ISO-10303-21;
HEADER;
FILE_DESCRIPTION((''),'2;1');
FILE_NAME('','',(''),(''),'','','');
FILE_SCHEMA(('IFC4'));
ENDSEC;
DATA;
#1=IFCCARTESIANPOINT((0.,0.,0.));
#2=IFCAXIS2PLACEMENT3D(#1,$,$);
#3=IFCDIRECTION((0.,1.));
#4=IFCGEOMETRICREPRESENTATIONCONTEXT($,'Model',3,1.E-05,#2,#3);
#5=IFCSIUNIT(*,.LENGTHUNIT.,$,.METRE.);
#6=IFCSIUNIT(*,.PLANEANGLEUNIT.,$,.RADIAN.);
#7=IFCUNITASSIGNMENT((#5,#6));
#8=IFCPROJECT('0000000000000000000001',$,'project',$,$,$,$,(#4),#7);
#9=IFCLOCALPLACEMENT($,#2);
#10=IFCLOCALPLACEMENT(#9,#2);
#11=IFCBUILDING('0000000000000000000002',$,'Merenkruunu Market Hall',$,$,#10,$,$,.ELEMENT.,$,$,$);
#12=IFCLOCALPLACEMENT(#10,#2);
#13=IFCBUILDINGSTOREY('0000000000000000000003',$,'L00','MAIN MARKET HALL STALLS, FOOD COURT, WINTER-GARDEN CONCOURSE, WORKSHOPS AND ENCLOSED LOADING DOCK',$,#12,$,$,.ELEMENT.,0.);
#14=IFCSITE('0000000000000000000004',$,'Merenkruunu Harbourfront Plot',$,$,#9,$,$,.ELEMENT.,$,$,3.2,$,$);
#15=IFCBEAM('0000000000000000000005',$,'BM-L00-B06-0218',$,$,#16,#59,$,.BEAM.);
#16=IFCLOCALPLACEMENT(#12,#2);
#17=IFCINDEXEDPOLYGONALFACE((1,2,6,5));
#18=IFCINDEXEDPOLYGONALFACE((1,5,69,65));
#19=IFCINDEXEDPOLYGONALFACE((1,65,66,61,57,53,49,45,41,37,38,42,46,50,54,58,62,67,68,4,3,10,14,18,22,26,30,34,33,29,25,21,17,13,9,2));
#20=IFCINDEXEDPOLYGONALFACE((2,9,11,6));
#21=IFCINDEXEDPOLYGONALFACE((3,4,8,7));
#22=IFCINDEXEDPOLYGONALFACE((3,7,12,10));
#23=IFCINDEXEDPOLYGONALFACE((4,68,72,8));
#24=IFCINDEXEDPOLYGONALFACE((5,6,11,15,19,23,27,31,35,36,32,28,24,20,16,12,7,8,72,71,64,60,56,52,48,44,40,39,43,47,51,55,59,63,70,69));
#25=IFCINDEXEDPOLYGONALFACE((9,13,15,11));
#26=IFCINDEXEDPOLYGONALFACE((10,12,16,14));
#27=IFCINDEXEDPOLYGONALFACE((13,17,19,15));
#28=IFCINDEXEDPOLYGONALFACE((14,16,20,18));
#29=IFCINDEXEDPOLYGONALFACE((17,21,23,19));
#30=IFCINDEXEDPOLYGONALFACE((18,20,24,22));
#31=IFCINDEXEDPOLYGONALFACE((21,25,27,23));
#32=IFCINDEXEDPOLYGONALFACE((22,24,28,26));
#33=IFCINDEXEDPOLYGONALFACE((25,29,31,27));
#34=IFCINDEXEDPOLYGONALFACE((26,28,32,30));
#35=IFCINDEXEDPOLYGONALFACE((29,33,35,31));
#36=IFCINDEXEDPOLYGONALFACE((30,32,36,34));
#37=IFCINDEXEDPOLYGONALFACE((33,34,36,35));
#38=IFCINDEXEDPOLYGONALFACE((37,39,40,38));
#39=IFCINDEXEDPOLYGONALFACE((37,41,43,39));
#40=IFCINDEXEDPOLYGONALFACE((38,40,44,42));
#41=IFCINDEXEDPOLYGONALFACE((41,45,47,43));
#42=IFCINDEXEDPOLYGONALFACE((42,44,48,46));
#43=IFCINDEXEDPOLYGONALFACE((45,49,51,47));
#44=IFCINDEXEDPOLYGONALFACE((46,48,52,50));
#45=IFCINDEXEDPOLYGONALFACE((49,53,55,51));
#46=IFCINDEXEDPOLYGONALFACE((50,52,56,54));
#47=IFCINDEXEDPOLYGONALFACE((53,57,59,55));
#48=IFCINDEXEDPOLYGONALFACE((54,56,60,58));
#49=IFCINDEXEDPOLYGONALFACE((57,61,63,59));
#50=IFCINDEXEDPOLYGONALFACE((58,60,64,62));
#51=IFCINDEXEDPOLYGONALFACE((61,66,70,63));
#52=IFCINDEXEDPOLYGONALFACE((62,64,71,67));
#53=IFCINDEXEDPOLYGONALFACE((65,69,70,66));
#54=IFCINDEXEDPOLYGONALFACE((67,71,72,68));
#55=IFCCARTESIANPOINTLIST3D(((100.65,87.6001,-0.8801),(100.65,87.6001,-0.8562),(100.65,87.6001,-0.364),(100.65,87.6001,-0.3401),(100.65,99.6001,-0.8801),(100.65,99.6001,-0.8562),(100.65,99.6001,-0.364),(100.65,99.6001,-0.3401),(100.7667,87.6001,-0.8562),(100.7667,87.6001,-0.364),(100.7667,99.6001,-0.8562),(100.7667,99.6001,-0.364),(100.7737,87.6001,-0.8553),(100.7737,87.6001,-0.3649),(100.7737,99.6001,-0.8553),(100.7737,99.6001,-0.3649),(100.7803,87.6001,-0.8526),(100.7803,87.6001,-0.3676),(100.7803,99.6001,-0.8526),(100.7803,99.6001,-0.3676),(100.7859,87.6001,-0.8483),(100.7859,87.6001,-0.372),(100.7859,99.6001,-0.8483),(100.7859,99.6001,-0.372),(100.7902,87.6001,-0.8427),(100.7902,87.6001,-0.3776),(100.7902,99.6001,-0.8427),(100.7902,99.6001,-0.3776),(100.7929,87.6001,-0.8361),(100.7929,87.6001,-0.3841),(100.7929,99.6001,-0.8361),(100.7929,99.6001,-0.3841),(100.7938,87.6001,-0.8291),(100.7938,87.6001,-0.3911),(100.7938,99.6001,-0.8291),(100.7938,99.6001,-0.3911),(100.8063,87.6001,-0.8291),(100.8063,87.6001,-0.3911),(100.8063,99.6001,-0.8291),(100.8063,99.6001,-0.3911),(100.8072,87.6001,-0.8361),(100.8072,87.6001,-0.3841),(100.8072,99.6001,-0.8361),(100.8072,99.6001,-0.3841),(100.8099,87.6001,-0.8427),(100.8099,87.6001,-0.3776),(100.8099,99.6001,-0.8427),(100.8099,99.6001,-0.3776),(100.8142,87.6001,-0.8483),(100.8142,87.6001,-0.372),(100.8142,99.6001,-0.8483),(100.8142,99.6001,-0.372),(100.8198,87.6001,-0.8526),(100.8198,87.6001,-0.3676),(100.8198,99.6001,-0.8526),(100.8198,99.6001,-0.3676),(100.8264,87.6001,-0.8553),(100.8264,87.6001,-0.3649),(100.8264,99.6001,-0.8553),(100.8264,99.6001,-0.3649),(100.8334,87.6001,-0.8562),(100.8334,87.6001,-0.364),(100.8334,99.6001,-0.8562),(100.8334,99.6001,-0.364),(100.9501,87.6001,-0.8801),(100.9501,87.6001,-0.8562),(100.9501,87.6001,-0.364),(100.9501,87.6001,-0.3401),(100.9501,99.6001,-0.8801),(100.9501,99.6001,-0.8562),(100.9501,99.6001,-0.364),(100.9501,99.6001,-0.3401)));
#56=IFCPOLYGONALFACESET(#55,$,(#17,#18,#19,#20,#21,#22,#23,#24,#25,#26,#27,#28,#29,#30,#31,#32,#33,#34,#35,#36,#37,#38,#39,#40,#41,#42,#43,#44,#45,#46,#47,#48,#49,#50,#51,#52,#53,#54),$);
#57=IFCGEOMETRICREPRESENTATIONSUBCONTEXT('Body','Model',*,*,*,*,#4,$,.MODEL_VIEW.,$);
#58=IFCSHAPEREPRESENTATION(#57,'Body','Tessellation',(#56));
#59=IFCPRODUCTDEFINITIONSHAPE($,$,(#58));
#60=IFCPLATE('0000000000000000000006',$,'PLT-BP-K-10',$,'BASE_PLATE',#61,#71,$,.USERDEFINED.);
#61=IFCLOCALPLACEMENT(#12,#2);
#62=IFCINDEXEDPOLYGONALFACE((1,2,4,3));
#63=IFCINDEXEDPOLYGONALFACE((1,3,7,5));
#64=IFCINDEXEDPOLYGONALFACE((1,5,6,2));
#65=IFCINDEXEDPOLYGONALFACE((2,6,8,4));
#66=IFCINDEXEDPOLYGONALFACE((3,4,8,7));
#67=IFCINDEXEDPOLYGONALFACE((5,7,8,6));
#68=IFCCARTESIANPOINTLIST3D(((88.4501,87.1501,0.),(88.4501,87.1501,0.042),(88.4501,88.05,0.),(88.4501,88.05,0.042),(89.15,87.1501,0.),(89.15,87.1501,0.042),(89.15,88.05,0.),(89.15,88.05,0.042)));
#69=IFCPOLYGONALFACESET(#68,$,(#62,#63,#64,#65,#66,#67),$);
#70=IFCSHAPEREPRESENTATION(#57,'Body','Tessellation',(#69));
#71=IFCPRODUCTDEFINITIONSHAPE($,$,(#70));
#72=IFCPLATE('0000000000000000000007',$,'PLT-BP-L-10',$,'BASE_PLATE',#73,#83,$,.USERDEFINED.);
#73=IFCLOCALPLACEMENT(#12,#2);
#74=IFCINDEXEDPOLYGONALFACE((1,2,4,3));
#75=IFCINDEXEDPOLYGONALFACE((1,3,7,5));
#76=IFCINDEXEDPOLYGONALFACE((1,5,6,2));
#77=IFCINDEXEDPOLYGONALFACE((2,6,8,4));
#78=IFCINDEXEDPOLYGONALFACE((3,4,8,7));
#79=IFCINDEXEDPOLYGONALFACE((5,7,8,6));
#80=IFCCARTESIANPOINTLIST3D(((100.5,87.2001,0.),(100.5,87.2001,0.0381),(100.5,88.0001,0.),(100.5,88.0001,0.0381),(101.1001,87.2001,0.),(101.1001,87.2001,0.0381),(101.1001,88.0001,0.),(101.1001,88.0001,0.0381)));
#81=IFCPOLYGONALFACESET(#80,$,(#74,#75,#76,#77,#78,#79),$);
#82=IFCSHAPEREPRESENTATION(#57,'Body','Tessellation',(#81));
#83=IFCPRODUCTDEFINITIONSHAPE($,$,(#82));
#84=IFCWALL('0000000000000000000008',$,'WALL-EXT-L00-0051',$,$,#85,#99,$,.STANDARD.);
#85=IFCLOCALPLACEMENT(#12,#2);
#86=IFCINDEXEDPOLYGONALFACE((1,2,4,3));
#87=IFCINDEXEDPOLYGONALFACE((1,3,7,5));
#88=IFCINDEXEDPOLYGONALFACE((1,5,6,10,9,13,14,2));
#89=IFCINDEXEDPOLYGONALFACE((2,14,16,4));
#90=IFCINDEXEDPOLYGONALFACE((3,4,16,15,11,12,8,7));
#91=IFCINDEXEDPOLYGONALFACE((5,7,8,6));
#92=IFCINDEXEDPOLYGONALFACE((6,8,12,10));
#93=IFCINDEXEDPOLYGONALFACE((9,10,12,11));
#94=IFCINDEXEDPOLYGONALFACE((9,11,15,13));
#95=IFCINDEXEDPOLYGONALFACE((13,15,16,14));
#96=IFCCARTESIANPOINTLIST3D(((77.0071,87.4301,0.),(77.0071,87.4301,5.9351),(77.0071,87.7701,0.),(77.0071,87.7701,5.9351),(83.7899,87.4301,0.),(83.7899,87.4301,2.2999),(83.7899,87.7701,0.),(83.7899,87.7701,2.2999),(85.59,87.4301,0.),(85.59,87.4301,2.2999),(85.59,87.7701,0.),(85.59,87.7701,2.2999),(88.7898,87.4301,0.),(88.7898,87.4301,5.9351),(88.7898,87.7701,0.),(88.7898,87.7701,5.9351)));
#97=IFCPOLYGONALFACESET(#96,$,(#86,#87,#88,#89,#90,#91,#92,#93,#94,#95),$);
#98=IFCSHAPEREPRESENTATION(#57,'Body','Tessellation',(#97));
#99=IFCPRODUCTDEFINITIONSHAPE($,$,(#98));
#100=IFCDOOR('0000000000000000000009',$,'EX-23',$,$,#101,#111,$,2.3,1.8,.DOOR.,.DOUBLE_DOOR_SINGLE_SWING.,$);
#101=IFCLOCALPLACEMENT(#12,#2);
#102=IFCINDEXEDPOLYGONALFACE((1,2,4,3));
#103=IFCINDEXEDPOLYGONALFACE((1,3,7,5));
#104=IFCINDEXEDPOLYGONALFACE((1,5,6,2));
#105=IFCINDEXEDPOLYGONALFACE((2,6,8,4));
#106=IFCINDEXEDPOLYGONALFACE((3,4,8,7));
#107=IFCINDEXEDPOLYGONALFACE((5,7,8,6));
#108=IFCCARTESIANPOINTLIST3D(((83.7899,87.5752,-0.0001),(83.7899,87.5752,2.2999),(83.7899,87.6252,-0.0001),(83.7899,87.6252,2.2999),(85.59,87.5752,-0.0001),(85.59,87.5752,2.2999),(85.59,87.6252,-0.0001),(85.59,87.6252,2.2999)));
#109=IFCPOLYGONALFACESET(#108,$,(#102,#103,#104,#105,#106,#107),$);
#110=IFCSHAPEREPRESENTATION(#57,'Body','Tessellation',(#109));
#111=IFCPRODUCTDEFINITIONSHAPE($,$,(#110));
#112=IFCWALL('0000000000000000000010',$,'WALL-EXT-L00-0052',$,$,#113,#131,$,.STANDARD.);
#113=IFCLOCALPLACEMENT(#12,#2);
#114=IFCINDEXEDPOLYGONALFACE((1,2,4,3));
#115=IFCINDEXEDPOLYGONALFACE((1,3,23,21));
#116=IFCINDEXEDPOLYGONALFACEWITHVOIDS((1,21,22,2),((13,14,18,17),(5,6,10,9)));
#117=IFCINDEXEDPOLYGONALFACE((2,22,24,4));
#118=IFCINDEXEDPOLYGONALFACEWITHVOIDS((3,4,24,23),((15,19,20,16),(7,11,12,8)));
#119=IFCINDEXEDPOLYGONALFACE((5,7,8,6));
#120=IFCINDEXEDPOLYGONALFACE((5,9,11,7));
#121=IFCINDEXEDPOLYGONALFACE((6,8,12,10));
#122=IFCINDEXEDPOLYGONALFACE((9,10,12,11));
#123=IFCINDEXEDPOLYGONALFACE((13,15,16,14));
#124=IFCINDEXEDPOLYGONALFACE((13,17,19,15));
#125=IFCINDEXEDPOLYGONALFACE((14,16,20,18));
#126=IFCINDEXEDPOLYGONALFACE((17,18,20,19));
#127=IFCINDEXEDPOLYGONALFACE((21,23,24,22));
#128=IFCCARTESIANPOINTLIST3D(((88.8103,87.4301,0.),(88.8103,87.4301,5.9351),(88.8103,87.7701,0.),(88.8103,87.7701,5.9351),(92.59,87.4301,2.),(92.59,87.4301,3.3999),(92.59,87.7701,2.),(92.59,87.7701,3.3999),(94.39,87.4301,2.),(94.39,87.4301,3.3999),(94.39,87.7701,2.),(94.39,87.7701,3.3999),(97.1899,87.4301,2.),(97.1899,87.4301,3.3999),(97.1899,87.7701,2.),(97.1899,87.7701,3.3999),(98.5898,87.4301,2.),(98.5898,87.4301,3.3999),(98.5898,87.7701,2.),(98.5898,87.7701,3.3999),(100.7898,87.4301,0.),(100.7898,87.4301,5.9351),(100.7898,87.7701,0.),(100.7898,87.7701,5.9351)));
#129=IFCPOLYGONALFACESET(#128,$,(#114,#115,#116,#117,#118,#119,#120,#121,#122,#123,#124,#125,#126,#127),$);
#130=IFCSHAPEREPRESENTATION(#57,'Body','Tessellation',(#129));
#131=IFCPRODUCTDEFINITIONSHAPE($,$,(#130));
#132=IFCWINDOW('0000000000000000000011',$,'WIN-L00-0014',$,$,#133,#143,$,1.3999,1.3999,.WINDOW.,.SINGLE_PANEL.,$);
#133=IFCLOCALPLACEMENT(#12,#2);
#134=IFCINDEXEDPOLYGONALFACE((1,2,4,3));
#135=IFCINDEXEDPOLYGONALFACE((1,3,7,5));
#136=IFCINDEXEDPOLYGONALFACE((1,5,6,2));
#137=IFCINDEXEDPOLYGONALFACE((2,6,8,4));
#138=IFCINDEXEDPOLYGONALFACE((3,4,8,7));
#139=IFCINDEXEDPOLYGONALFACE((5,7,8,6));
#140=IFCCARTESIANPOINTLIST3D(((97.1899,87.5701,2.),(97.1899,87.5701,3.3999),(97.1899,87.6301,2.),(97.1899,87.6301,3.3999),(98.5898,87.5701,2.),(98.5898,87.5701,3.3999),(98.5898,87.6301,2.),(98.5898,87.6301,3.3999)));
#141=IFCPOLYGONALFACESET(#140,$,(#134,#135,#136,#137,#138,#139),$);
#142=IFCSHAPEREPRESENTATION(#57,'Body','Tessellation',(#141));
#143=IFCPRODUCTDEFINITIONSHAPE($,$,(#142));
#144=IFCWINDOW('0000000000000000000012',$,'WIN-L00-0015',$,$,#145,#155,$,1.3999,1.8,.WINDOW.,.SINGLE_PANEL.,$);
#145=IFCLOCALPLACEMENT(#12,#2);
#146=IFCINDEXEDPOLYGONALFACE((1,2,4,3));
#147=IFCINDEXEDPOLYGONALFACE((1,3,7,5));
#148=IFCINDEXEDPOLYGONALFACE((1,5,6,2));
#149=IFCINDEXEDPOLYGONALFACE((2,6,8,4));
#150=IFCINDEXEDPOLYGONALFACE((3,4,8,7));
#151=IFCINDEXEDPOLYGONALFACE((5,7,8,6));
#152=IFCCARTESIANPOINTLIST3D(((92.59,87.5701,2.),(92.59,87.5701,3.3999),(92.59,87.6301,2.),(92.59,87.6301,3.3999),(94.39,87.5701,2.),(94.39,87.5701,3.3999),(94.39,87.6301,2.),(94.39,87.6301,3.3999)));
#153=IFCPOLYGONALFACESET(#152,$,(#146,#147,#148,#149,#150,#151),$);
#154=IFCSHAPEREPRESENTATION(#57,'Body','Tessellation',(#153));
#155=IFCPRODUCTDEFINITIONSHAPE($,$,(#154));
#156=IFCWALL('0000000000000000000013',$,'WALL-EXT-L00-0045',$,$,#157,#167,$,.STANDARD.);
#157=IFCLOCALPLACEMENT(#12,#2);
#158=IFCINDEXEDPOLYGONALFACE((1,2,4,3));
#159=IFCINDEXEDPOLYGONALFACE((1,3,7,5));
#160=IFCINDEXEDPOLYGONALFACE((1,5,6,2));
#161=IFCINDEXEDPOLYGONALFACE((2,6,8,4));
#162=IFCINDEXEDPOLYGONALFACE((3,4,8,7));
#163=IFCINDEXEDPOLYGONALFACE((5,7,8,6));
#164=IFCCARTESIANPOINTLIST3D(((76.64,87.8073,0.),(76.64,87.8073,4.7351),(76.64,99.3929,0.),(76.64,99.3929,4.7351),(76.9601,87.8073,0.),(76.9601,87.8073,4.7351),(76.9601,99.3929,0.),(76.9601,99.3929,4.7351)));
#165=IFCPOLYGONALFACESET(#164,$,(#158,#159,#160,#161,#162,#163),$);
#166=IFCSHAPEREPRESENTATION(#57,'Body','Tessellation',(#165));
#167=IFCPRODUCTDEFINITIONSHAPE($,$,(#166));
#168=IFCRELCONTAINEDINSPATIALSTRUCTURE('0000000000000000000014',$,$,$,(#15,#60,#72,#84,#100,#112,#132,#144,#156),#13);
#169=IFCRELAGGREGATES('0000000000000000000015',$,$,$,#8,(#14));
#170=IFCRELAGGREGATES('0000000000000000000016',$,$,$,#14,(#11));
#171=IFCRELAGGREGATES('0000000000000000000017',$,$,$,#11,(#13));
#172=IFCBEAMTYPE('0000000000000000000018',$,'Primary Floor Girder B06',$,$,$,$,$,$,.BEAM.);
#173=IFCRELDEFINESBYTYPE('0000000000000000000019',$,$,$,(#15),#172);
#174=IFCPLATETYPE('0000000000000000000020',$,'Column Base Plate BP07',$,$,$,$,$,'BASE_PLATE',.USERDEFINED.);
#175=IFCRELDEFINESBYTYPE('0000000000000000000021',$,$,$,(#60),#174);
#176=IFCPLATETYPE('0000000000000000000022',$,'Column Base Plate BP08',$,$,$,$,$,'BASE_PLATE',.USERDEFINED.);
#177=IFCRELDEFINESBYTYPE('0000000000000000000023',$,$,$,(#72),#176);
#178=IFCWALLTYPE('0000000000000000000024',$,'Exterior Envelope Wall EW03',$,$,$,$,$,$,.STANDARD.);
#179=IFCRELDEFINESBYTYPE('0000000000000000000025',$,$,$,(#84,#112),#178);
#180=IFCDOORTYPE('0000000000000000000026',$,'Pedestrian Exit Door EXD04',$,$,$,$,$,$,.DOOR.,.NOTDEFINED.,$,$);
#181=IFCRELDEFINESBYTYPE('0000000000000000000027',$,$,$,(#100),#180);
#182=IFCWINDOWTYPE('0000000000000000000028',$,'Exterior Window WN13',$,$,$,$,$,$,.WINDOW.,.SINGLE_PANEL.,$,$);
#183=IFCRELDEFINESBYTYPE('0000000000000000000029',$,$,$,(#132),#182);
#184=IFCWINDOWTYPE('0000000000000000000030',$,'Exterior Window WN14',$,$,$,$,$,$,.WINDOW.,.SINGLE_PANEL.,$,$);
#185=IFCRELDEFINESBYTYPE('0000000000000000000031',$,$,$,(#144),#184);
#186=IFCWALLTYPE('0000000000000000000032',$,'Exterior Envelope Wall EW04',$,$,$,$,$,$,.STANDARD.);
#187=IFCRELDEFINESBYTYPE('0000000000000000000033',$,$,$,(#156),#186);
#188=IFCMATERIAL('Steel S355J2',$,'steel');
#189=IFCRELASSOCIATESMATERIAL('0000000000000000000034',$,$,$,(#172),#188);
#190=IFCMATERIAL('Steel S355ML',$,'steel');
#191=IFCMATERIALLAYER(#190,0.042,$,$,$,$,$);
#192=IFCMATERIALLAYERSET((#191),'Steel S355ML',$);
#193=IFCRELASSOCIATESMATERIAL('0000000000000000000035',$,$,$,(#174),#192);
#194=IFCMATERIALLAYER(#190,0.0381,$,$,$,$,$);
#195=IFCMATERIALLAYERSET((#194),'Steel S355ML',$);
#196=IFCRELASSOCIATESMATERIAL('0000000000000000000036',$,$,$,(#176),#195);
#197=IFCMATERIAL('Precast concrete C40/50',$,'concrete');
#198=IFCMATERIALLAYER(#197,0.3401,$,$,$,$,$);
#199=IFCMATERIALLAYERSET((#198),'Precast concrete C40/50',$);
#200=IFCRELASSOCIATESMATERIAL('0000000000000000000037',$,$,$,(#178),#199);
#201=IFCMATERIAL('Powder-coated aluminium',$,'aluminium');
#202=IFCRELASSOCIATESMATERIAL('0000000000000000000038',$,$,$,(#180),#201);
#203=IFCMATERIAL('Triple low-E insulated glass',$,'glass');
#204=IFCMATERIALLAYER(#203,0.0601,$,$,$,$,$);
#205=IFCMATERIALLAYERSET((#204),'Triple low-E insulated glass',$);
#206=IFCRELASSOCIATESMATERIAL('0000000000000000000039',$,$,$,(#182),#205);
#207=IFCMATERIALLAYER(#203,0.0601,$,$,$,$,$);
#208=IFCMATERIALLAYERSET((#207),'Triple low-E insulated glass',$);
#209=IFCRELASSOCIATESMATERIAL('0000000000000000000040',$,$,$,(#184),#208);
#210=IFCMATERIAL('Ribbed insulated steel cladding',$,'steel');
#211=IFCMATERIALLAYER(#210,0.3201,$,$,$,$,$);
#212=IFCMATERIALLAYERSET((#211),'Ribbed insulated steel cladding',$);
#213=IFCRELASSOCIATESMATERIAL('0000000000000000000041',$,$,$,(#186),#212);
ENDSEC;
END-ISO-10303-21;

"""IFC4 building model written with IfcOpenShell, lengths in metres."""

from ifc_helpers import new_model, si_unit, direction, frame, frame_2d, origin, origin_2d, place, context, subcontext, project, spatial, rectangle, i_section, extrude, material, layer, layer_set, material_profile, profile_set, type_object, element, fill, save


model = new_model("IFC4")

# Units and contexts
model_context = context("Model", 3, precision=1e-05, world=origin(), true_north=direction((0.0, 1.0)))
body_context = subcontext(model_context, "Body", "Model", "MODEL_VIEW")
ifc_project = project(units=[si_unit("LENGTHUNIT", "METRE"), si_unit("PLANEANGLEUNIT", "RADIAN")], contexts=[model_context])

# Site, building, storey
site_placement = place(None, origin())
site = spatial("IfcSite", under=ifc_project, at=site_placement, Name="Merenkruunu Harbourfront Plot", CompositionType="ELEMENT", RefElevation=3.2)
building_placement = place(site_placement, origin())
building = spatial("IfcBuilding", under=site, at=building_placement, Name="Merenkruunu Market Hall", CompositionType="ELEMENT")
storey_placement = place(building_placement, origin())
storey = spatial("IfcBuildingStorey", under=building, at=storey_placement, Name="L00", Description="MAIN MARKET HALL STALLS, FOOD COURT, WINTER-GARDEN CONCOURSE, WORKSHOPS AND ENCLOSED LOADING DOCK", CompositionType="ELEMENT", Elevation=0.0)

# Shared definitions
ifc_material_1 = material(Name="Steel S355J2", Category="steel")

# Beam
ifc_material_profile_1 = material_profile(ifc_material_1, i_section(OverallWidth=0.3, OverallDepth=0.54, WebThickness=0.0125, FlangeThickness=0.0239, FilletRadius=0.0271, at=origin_2d()), Name="HEA 550")
ifc_profile_set_1 = profile_set([ifc_material_profile_1], Name="Steel S355J2")
beam_type = type_object("IfcBeamType", Name="Primary Floor Girder B06", PredefinedType="BEAM", material=ifc_profile_set_1)
for number, where, z_axis, x_axis, name in (
    (1, (100.8, 87.6001, -0.6101), (0.0, 1.0, 0.0), (-1.0, 0.0, 0.0), "BM-L00-B06-0218"),
):
    element("IfcBeam", number, at=place(storey_placement, frame(where, z_axis=z_axis, x_axis=x_axis)), inside=storey, type_object=beam_type, Name=name, PredefinedType="BEAM", context=body_context, shape_type="SweptSolid", body=[
        extrude(i_section(OverallWidth=0.3, OverallDepth=0.54, WebThickness=0.0125, FlangeThickness=0.0239, FilletRadius=0.0271, at=origin_2d()), origin(), (0.0, 0.0, 1.0), 12.0),
    ])

# Plates
ifc_material_2 = material(Name="Steel S355ML", Category="steel")
ifc_layer_1 = layer(ifc_material_2, 0.042)
ifc_layer_set_1 = layer_set([ifc_layer_1], Name="Steel S355ML")
plate_type_1 = type_object("IfcPlateType", Name="Column Base Plate BP07", ElementType="BASE_PLATE", PredefinedType="USERDEFINED", material=ifc_layer_set_1)
plate_1_placement = place(storey_placement, frame((88.8, 87.6001, 0.0), z_axis=(0.0, 0.0, 1.0), x_axis=(1.0, 0.0, 0.0)))
element("IfcPlate", 2, at=plate_1_placement, inside=storey, type_object=plate_type_1, Name="PLT-BP-K-10", ObjectType="BASE_PLATE", PredefinedType="USERDEFINED", context=body_context, shape_type="SweptSolid", body=[
    extrude(rectangle(XDim=0.7, YDim=0.8999, at=origin_2d()), origin(), (0.0, 0.0, 1.0), 0.042),
])
ifc_layer_2 = layer(ifc_material_2, 0.0381)
ifc_layer_set_2 = layer_set([ifc_layer_2], Name="Steel S355ML")
plate_type_2 = type_object("IfcPlateType", Name="Column Base Plate BP08", ElementType="BASE_PLATE", PredefinedType="USERDEFINED", material=ifc_layer_set_2)
plate_2_placement = place(storey_placement, frame((100.8, 87.6001, 0.0), z_axis=(0.0, 0.0, 1.0), x_axis=(1.0, 0.0, 0.0)))
element("IfcPlate", 3, at=plate_2_placement, inside=storey, type_object=plate_type_2, Name="PLT-BP-L-10", ObjectType="BASE_PLATE", PredefinedType="USERDEFINED", context=body_context, shape_type="SweptSolid", body=[
    extrude(rectangle(XDim=0.6001, YDim=0.8, at=origin_2d()), origin(), (0.0, 0.0, 1.0), 0.0381),
])

# Wall, opening, door
ifc_material_3 = material(Name="Precast concrete C40/50", Category="concrete")
ifc_layer_3 = layer(ifc_material_3, 0.3401)
ifc_layer_set_3 = layer_set([ifc_layer_3], Name="Precast concrete C40/50")
wall_type_1 = type_object("IfcWallType", Name="Exterior Envelope Wall EW03", PredefinedType="STANDARD", material=ifc_layer_set_3)
wall_1_placement = place(storey_placement, frame((88.7898, 87.6001, 0.0), z_axis=(0.0, 0.0, 1.0), x_axis=(-1.0, 0.0, 0.0)))
wall_1 = element("IfcWall", 4, at=wall_1_placement, inside=storey, type_object=wall_type_1, Name="WALL-EXT-L00-0051", PredefinedType="STANDARD", context=body_context, shape_type="SweptSolid", body=[
    extrude(rectangle(XDim=11.7827, YDim=0.3401, at=frame_2d((5.8914, 0.0))), origin(), (0.0, 0.0, 1.0), 5.9351),
])
opening_1_placement = place(wall_1_placement, frame((3.2, 0.0, 0.0)))
opening_1 = element("IfcOpeningElement", 5, at=opening_1_placement, cuts=wall_1, PredefinedType="OPENING", context=body_context, shape_type="SweptSolid", body=[
    extrude(rectangle(XDim=1.8, YDim=2.3, at=frame_2d((0.8999, 1.1499))), frame((0.0, 0.1802, 0.0), z_axis=(0.0, -1.0, 0.0), x_axis=(1.0, 0.0, 0.0)), (0.0, 0.0, 1.0), 0.3601),
])
ifc_material_4 = material(Name="Powder-coated aluminium", Category="aluminium")
door_type_1 = type_object("IfcDoorType", Name="Pedestrian Exit Door EXD04", OperationType="NOTDEFINED", PredefinedType="DOOR", material=ifc_material_4)
door_1_placement = place(opening_1_placement, origin())
door_1 = element("IfcDoor", 6, at=door_1_placement, inside=storey, type_object=door_type_1, Name="EX-23", OperationType="DOUBLE_DOOR_SINGLE_SWING", OverallHeight=2.3, OverallWidth=1.8, PredefinedType="DOOR", context=body_context, shape_type="SweptSolid", body=[
    extrude(rectangle(XDim=1.8, YDim=2.3, at=frame_2d((0.8999, 1.1499))), frame((0.0, 0.0249, 0.0), z_axis=(0.0, -1.0, 0.0), x_axis=(1.0, 0.0, 0.0)), (0.0, 0.0, 1.0), 0.05),
])
fill(opening_1, door_1)

# Wall, openings, windows
wall_2_placement = place(storey_placement, frame((100.7898, 87.6001, 0.0), z_axis=(0.0, 0.0, 1.0), x_axis=(-1.0, 0.0, 0.0)))
wall_2 = element("IfcWall", 7, at=wall_2_placement, inside=storey, type_object=wall_type_1, Name="WALL-EXT-L00-0052", PredefinedType="STANDARD", context=body_context, shape_type="SweptSolid", body=[
    extrude(rectangle(XDim=11.9795, YDim=0.3401, at=frame_2d((5.9897, 0.0))), origin(), (0.0, 0.0, 1.0), 5.9351),
])
opening_2_placement = place(wall_2_placement, frame((2.2, 0.0, 2.0)))
opening_2 = element("IfcOpeningElement", 8, at=opening_2_placement, cuts=wall_2, PredefinedType="OPENING", context=body_context, shape_type="SweptSolid", body=[
    extrude(rectangle(XDim=1.3999, YDim=1.3999, at=frame_2d((0.7, 0.7))), frame((0.0, 0.1802, 0.0), z_axis=(0.0, -1.0, 0.0), x_axis=(1.0, 0.0, 0.0)), (0.0, 0.0, 1.0), 0.3601),
])
opening_3_placement = place(wall_2_placement, frame((6.3999, 0.0, 2.0)))
opening_3 = element("IfcOpeningElement", 9, at=opening_3_placement, cuts=wall_2, PredefinedType="OPENING", context=body_context, shape_type="SweptSolid", body=[
    extrude(rectangle(XDim=1.8, YDim=1.3999, at=frame_2d((0.8999, 0.7))), frame((0.0, 0.1802, 0.0), z_axis=(0.0, -1.0, 0.0), x_axis=(1.0, 0.0, 0.0)), (0.0, 0.0, 1.0), 0.3601),
])
ifc_material_5 = material(Name="Triple low-E insulated glass", Category="glass")
ifc_layer_4 = layer(ifc_material_5, 0.0601)
ifc_layer_set_4 = layer_set([ifc_layer_4], Name="Triple low-E insulated glass")
window_type_1 = type_object("IfcWindowType", Name="Exterior Window WN13", PartitioningType="SINGLE_PANEL", PredefinedType="WINDOW", material=ifc_layer_set_4)
window_1_placement = place(opening_2_placement, origin())
window_1 = element("IfcWindow", 10, at=window_1_placement, inside=storey, type_object=window_type_1, Name="WIN-L00-0014", OverallHeight=1.3999, OverallWidth=1.3999, PartitioningType="SINGLE_PANEL", PredefinedType="WINDOW", context=body_context, shape_type="SweptSolid", body=[
    extrude(rectangle(XDim=1.3999, YDim=1.3999, at=frame_2d((0.7, 0.7))), frame((0.0, 0.03, 0.0), z_axis=(0.0, -1.0, 0.0), x_axis=(1.0, 0.0, 0.0)), (0.0, 0.0, 1.0), 0.0601),
])
fill(opening_2, window_1)
ifc_layer_5 = layer(ifc_material_5, 0.0601)
ifc_layer_set_5 = layer_set([ifc_layer_5], Name="Triple low-E insulated glass")
window_type_2 = type_object("IfcWindowType", Name="Exterior Window WN14", PartitioningType="SINGLE_PANEL", PredefinedType="WINDOW", material=ifc_layer_set_5)
window_2_placement = place(opening_3_placement, origin())
window_2 = element("IfcWindow", 11, at=window_2_placement, inside=storey, type_object=window_type_2, Name="WIN-L00-0015", OverallHeight=1.3999, OverallWidth=1.8, PartitioningType="SINGLE_PANEL", PredefinedType="WINDOW", context=body_context, shape_type="SweptSolid", body=[
    extrude(rectangle(XDim=1.8, YDim=1.3999, at=frame_2d((0.8999, 0.7))), frame((0.0, 0.03, 0.0), z_axis=(0.0, -1.0, 0.0), x_axis=(1.0, 0.0, 0.0)), (0.0, 0.0, 1.0), 0.0601),
])
fill(opening_3, window_2)

# Wall
ifc_material_6 = material(Name="Ribbed insulated steel cladding", Category="steel")
ifc_layer_6 = layer(ifc_material_6, 0.3201)
ifc_layer_set_6 = layer_set([ifc_layer_6], Name="Ribbed insulated steel cladding")
wall_type_2 = type_object("IfcWallType", Name="Exterior Envelope Wall EW04", PredefinedType="STANDARD", material=ifc_layer_set_6)
wall_3_placement = place(storey_placement, frame((76.8, 87.8071, 0.0), z_axis=(0.0, 0.0, 1.0), x_axis=(0.0, 1.0, 0.0)))
element("IfcWall", 12, at=wall_3_placement, inside=storey, type_object=wall_type_2, Name="WALL-EXT-L00-0045", PredefinedType="STANDARD", context=body_context, shape_type="SweptSolid", body=[
    extrude(rectangle(XDim=11.5857, YDim=0.3201, at=frame_2d((5.793, 0.0))), origin(), (0.0, 0.0, 1.0), 4.7351),
])

save(model, "model.ifc")
